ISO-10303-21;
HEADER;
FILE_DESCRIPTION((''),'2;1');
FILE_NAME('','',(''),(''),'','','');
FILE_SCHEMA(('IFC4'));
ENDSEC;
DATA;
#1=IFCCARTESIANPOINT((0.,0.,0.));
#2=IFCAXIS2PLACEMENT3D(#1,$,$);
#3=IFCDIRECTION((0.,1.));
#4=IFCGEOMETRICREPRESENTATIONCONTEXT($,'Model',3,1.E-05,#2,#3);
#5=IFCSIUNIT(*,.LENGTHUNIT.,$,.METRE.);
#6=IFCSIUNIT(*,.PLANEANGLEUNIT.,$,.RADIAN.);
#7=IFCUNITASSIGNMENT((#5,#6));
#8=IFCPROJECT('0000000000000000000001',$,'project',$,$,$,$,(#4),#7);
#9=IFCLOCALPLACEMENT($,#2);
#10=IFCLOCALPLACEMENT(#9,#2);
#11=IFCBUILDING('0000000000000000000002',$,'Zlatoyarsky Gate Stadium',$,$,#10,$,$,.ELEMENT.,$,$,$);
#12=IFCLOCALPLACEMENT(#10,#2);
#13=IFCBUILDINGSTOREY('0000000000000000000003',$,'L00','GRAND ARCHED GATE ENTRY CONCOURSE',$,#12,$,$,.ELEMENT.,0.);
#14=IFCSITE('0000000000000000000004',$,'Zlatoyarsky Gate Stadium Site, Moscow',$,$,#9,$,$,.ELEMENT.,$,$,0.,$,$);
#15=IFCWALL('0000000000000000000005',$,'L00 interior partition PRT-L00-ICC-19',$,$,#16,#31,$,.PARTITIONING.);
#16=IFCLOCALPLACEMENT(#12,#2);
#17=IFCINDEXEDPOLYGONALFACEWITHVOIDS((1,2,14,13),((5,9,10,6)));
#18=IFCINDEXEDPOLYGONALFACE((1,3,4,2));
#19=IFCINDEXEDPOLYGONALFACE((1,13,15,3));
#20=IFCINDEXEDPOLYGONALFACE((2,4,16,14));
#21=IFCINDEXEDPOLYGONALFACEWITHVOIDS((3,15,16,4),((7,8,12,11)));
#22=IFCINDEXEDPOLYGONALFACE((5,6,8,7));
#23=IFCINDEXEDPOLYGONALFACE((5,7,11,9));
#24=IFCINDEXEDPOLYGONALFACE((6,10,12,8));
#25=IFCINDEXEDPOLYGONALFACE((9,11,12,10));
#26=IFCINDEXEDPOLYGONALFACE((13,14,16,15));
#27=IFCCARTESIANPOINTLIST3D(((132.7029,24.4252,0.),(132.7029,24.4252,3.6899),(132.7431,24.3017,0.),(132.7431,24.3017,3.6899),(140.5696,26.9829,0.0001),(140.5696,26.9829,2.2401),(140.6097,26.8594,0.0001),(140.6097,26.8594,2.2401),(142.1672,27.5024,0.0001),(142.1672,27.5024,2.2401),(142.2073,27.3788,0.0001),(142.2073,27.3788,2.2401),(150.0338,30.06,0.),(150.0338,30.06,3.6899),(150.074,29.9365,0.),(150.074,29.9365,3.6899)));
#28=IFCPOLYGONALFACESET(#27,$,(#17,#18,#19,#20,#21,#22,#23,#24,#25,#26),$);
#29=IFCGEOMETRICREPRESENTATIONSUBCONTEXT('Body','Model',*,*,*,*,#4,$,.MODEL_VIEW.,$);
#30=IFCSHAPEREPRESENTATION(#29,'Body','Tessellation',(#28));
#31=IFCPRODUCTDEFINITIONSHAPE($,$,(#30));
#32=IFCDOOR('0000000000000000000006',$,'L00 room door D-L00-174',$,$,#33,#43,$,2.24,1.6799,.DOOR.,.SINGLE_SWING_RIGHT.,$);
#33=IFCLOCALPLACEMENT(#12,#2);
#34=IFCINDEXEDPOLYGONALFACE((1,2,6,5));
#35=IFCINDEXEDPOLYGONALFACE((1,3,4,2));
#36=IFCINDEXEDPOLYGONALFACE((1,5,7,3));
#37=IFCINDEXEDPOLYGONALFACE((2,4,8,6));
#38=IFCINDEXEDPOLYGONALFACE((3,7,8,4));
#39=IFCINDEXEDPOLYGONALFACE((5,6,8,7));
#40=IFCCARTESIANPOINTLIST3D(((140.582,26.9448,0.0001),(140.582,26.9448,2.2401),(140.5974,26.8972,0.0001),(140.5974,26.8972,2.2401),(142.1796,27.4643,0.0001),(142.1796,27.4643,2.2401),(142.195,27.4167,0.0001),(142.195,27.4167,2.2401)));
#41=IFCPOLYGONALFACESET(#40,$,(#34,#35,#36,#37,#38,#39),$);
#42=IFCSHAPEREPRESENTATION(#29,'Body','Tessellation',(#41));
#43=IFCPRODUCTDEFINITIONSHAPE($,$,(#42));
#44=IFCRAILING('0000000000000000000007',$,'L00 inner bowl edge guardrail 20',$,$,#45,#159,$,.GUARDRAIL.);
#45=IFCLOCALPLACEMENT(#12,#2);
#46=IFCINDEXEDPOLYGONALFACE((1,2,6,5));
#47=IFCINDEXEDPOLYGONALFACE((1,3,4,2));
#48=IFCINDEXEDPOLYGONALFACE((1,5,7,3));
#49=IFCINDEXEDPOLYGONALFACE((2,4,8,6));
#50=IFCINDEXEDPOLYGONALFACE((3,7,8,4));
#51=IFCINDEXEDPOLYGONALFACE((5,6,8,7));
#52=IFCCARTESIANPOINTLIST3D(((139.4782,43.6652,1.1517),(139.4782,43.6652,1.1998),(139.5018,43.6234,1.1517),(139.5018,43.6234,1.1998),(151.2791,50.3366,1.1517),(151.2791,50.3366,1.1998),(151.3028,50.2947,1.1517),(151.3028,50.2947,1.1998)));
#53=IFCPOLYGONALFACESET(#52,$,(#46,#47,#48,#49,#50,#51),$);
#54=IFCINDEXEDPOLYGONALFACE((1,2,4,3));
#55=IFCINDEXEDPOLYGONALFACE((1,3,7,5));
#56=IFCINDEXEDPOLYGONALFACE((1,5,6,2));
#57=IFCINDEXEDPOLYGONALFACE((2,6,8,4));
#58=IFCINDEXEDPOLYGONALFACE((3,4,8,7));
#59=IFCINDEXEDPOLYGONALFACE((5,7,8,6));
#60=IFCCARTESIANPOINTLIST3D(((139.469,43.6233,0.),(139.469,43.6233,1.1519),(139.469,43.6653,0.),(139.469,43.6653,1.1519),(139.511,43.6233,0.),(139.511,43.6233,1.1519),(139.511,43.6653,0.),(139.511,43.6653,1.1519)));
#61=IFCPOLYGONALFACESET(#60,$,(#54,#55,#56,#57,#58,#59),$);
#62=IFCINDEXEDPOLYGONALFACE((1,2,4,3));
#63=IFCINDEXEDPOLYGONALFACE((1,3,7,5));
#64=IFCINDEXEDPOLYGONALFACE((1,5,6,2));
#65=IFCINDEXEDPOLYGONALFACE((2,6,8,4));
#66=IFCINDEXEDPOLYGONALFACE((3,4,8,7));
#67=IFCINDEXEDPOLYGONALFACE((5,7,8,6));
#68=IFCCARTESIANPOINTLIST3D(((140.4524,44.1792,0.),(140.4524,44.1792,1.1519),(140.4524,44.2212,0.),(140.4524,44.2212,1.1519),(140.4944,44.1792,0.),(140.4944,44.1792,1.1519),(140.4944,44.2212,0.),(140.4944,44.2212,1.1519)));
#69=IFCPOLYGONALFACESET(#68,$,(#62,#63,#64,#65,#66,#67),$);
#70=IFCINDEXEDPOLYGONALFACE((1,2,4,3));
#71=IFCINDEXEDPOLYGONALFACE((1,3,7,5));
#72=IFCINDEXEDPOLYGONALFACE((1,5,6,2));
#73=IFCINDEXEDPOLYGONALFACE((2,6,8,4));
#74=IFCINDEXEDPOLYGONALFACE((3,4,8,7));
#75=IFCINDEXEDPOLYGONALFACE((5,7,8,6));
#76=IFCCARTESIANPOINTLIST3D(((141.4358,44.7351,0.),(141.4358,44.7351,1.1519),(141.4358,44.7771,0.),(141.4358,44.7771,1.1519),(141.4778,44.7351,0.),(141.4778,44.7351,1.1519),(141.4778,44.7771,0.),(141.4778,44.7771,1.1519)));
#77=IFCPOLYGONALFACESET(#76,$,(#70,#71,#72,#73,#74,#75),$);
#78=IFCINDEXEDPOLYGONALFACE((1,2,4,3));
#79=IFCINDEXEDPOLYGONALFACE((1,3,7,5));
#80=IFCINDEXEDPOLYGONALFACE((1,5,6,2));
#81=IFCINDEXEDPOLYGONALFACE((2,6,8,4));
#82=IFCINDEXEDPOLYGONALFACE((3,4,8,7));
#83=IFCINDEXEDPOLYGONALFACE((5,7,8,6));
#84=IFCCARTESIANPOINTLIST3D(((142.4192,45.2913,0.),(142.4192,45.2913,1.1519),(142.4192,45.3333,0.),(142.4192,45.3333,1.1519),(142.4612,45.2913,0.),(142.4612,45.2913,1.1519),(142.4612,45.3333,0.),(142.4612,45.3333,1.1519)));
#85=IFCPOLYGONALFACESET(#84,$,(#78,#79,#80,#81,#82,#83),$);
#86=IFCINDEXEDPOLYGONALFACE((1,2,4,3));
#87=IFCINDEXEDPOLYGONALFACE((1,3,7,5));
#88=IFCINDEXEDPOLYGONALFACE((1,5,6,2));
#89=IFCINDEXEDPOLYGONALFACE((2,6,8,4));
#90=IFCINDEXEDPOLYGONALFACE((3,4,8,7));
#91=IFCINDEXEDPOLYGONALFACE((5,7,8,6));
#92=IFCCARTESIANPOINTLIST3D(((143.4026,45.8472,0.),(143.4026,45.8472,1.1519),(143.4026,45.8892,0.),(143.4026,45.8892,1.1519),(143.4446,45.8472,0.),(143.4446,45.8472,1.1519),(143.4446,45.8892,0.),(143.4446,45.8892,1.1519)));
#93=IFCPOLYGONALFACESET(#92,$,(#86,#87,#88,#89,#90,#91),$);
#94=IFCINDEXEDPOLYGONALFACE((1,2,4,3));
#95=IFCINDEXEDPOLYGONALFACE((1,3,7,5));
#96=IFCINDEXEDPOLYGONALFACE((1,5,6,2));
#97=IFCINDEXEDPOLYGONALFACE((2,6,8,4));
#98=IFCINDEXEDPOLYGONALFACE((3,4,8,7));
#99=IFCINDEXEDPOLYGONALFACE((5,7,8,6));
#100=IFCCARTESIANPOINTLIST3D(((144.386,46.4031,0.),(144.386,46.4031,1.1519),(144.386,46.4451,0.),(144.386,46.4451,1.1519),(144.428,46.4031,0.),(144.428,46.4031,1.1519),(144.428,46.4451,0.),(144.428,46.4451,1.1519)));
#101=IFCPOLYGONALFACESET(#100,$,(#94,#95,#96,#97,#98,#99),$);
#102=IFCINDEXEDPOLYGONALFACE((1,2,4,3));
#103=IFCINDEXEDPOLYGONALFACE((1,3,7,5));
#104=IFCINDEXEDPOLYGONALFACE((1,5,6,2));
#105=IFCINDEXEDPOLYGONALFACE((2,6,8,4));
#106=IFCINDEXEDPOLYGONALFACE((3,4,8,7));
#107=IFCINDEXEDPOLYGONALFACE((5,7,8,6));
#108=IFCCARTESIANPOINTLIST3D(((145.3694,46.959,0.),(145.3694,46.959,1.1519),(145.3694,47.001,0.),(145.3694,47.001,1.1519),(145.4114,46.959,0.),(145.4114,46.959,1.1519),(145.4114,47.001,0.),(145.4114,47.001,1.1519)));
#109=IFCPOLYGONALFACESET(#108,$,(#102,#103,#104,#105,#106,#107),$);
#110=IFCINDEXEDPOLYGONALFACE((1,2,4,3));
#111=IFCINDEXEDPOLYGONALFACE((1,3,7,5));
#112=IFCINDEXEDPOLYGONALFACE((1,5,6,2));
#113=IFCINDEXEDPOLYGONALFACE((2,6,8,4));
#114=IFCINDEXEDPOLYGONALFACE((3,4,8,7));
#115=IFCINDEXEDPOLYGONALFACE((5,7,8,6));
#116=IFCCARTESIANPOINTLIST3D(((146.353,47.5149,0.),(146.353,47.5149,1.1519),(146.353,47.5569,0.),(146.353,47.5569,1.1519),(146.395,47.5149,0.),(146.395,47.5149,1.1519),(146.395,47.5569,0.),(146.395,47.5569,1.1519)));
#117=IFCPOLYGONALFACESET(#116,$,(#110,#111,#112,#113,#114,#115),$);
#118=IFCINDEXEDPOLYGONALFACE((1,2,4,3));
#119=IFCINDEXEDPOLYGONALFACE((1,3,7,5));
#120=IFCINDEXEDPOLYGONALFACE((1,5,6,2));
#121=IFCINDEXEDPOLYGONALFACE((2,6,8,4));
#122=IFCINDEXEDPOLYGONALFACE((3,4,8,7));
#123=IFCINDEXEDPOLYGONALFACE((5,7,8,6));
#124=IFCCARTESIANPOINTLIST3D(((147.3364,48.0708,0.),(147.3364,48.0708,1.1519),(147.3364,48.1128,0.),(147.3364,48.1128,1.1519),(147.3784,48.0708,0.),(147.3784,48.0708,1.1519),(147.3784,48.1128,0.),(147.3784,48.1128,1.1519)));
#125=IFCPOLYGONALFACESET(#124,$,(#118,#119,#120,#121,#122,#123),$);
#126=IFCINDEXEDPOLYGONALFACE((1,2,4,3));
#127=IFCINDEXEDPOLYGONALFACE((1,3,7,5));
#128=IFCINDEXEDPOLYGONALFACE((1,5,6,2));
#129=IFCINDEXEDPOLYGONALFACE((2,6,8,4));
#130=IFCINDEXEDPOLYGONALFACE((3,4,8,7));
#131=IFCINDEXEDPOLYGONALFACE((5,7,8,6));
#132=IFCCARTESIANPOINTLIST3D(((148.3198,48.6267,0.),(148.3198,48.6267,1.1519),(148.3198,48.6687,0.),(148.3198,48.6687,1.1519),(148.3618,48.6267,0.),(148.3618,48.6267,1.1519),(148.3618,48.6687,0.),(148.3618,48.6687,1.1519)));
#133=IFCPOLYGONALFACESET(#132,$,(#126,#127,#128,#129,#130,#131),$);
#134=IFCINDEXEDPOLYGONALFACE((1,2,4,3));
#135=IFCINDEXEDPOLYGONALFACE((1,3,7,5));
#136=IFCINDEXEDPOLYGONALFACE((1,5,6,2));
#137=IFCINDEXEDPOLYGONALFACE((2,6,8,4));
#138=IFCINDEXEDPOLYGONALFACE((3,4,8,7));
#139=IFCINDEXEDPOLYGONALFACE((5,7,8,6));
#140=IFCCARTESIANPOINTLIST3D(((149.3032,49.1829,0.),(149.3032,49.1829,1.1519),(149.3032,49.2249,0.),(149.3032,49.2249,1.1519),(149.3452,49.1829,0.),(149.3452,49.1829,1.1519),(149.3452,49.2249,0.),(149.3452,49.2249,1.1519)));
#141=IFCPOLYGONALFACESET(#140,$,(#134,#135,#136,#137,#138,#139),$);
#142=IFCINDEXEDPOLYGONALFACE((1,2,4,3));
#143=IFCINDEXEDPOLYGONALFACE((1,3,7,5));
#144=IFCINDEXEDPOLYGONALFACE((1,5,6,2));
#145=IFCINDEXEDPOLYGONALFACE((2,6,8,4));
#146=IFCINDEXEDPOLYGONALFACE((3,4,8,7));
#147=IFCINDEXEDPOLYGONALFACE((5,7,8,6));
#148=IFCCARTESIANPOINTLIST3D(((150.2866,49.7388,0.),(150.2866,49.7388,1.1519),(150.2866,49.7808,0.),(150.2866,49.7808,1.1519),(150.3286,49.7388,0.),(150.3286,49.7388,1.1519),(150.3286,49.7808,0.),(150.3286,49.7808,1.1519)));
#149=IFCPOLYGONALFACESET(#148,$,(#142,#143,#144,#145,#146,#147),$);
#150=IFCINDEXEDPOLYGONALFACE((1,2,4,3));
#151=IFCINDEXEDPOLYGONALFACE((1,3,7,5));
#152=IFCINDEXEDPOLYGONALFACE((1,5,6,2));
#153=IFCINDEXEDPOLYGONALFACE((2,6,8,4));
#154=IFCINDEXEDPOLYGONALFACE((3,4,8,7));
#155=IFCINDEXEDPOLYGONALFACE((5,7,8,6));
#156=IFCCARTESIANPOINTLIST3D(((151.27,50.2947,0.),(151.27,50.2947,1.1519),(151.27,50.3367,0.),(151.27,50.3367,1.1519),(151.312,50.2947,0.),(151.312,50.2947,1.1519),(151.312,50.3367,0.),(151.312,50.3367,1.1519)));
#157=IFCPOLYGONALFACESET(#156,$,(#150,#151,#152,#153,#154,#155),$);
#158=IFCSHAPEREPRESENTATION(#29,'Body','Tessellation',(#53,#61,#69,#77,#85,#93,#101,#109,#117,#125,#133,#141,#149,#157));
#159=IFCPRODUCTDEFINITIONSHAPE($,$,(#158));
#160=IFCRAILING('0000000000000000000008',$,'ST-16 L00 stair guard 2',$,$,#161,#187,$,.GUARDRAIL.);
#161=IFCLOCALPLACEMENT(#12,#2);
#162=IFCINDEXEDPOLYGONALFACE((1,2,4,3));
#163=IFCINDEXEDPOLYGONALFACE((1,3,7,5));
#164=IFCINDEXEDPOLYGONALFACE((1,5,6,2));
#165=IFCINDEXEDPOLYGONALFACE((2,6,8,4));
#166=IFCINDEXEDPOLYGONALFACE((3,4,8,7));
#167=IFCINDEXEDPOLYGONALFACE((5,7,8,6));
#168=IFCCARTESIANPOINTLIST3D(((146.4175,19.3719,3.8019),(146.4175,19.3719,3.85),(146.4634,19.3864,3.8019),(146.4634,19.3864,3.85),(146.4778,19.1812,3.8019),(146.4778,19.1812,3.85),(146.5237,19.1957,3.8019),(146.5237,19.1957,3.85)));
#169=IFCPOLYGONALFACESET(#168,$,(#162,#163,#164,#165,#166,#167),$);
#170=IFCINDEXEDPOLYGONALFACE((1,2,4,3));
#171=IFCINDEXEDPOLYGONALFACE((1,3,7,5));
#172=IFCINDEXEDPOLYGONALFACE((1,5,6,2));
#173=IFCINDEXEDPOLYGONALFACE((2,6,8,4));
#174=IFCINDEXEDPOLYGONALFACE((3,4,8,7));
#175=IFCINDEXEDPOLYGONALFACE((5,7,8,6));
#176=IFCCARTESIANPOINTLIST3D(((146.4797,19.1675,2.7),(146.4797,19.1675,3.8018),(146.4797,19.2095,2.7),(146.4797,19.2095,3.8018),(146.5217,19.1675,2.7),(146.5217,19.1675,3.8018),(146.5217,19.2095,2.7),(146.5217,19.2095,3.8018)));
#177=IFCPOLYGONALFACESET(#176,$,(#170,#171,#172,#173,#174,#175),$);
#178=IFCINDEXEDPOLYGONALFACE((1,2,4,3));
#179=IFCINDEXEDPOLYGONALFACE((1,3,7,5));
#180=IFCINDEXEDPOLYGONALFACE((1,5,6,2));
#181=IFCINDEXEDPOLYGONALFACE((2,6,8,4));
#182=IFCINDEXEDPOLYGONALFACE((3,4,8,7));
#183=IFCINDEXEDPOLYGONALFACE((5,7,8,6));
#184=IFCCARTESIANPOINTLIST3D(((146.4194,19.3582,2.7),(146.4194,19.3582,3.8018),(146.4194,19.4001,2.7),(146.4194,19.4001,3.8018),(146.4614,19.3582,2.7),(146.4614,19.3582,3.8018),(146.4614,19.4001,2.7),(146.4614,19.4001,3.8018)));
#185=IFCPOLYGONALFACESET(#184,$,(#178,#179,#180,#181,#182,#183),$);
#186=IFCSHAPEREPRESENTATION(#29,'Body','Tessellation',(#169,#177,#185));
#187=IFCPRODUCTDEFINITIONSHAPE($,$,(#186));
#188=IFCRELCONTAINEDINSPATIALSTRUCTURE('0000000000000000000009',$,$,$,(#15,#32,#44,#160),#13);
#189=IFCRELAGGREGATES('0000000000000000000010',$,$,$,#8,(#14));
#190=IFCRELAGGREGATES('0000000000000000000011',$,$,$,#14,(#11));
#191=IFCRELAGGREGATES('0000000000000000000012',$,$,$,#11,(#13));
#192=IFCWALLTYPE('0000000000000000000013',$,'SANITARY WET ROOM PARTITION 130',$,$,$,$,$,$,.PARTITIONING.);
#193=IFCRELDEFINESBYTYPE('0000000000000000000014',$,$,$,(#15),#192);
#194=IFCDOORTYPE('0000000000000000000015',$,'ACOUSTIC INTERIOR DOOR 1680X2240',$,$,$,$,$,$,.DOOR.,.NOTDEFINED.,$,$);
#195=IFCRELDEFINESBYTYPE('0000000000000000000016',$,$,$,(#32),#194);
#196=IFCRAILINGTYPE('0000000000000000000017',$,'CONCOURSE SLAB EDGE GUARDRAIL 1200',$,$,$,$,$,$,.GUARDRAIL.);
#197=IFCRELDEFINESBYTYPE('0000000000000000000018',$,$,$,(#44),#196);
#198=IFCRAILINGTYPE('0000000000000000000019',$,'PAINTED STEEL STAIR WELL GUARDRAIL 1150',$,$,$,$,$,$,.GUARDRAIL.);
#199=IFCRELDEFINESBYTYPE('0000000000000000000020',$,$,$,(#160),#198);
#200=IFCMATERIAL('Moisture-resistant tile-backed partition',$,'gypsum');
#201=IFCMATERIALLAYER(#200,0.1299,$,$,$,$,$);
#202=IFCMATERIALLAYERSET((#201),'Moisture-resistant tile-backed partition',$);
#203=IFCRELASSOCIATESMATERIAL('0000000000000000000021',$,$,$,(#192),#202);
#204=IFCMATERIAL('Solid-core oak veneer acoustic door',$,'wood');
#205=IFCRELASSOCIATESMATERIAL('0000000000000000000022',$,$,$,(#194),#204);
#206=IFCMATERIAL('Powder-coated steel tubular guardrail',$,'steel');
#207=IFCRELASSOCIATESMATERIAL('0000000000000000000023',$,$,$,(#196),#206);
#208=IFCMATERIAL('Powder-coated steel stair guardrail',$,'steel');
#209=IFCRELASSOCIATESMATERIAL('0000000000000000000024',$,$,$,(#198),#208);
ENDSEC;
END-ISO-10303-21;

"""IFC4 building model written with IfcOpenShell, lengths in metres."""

from ifc_helpers import new_model, si_unit, direction, frame, frame_2d, origin, origin_2d, place, context, subcontext, project, spatial, rectangle, extrude, material, layer, layer_set, type_object, element, fill, save


model = new_model("IFC4")

# Units and contexts
model_context = context("Model", 3, precision=1e-05, world=origin(), true_north=direction((0.0, 1.0)))
body_context = subcontext(model_context, "Body", "Model", "MODEL_VIEW")
ifc_project = project(units=[si_unit("LENGTHUNIT", "METRE"), si_unit("PLANEANGLEUNIT", "RADIAN")], contexts=[model_context])

# Site, building, storey
site_placement = place(None, origin())
site = spatial("IfcSite", under=ifc_project, at=site_placement, Name="Zlatoyarsky Gate Stadium Site, Moscow", CompositionType="ELEMENT", RefElevation=0.0)
building_placement = place(site_placement, origin())
building = spatial("IfcBuilding", under=site, at=building_placement, Name="Zlatoyarsky Gate Stadium", CompositionType="ELEMENT")
storey_placement = place(building_placement, origin())
storey = spatial("IfcBuildingStorey", under=building, at=storey_placement, Name="L00", Description="GRAND ARCHED GATE ENTRY CONCOURSE", CompositionType="ELEMENT", Elevation=0.0)

# Wall, opening, door
ifc_material_1 = material(Name="Moisture-resistant tile-backed partition", Category="gypsum")
ifc_layer_1 = layer(ifc_material_1, 0.1299)
ifc_layer_set_1 = layer_set([ifc_layer_1], Name="Moisture-resistant tile-backed partition")
wall_type_1 = type_object("IfcWallType", Name="SANITARY WET ROOM PARTITION 130", PredefinedType="PARTITIONING", material=ifc_layer_set_1)
wall_1_placement = place(storey_placement, frame((132.7231, 24.3635, 0.0), z_axis=(0.0, 0.0, 1.0), x_axis=(0.950998, 0.309198, 0.0)))
wall_1 = element("IfcWall", 1, at=wall_1_placement, inside=storey, type_object=wall_type_1, Name="L00 interior partition PRT-L00-ICC-19", PredefinedType="PARTITIONING", context=body_context, shape_type="SweptSolid", body=[
    extrude(rectangle(XDim=18.2239, YDim=0.1299, at=frame_2d((9.1118, 0.0))), origin(), (0.0, 0.0, 1.0), 3.6899),
])
opening_1_placement = place(wall_1_placement, frame((8.272, 0.0, 0.0)))
opening_1 = element("IfcOpeningElement", 2, at=opening_1_placement, cuts=wall_1, PredefinedType="OPENING", context=body_context, shape_type="SweptSolid", body=[
    extrude(rectangle(XDim=1.6799, YDim=2.24, at=frame_2d((0.8398, 1.1201))), frame((0.0, 0.075, 0.0), z_axis=(0.0, -1.0, 0.0), x_axis=(1.0, 0.0, 0.0)), (0.0, 0.0, 1.0), 0.1499),
])
ifc_material_2 = material(Name="Solid-core oak veneer acoustic door", Category="wood")
door_type_1 = type_object("IfcDoorType", Name="ACOUSTIC INTERIOR DOOR 1680X2240", OperationType="NOTDEFINED", PredefinedType="DOOR", material=ifc_material_2)
door_1_placement = place(opening_1_placement, origin())
door_1 = element("IfcDoor", 3, at=door_1_placement, inside=storey, type_object=door_type_1, Name="L00 room door D-L00-174", OperationType="SINGLE_SWING_RIGHT", OverallHeight=2.24, OverallWidth=1.6799, PredefinedType="DOOR", context=body_context, shape_type="SweptSolid", body=[
    extrude(rectangle(XDim=1.6799, YDim=2.24, at=frame_2d((0.8398, 1.1201))), frame((0.0, 0.0249, 0.0), z_axis=(0.0, -1.0, 0.0), x_axis=(1.0, 0.0, 0.0)), (0.0, 0.0, 1.0), 0.05),
])
fill(opening_1, door_1)

# Railings
ifc_material_3 = material(Name="Powder-coated steel tubular guardrail", Category="steel")
railing_type_1 = type_object("IfcRailingType", Name="CONCOURSE SLAB EDGE GUARDRAIL 1200", PredefinedType="GUARDRAIL", material=ifc_material_3)
railing_1_placement = place(storey_placement, frame((139.49, 43.6443, 0.0)))
element("IfcRailing", 4, at=railing_1_placement, inside=storey, type_object=railing_type_1, Name="L00 inner bowl edge guardrail 20", PredefinedType="GUARDRAIL", context=body_context, shape_type="SweptSolid", body=[
    extrude(rectangle(XDim=0.0481, YDim=0.0481, at=origin_2d()), frame((0.0, 0.0, 1.1758), z_axis=(0.870524, 0.492127, 0.0), x_axis=(-0.492127, 0.870524, 0.0)), (0.0, 0.0, 1.0), 13.5562),
    extrude(rectangle(XDim=0.042, YDim=0.042, at=origin_2d()), origin(), (0.0, 0.0, 1.0), 1.1519),
    extrude(rectangle(XDim=0.042, YDim=0.042, at=origin_2d()), frame((0.9834, 0.5559, 0.0)), (0.0, 0.0, 1.0), 1.1519),
    extrude(rectangle(XDim=0.042, YDim=0.042, at=origin_2d()), frame((1.9668, 1.1118, 0.0)), (0.0, 0.0, 1.0), 1.1519),
    extrude(rectangle(XDim=0.042, YDim=0.042, at=origin_2d()), frame((2.9502, 1.668, 0.0)), (0.0, 0.0, 1.0), 1.1519),
    extrude(rectangle(XDim=0.042, YDim=0.042, at=origin_2d()), frame((3.9336, 2.2239, 0.0)), (0.0, 0.0, 1.0), 1.1519),
    extrude(rectangle(XDim=0.042, YDim=0.042, at=origin_2d()), frame((4.917, 2.7798, 0.0)), (0.0, 0.0, 1.0), 1.1519),
    extrude(rectangle(XDim=0.042, YDim=0.042, at=origin_2d()), frame((5.9004, 3.3357, 0.0)), (0.0, 0.0, 1.0), 1.1519),
    extrude(rectangle(XDim=0.042, YDim=0.042, at=origin_2d()), frame((6.884, 3.8916, 0.0)), (0.0, 0.0, 1.0), 1.1519),
    extrude(rectangle(XDim=0.042, YDim=0.042, at=origin_2d()), frame((7.8674, 4.4475, 0.0)), (0.0, 0.0, 1.0), 1.1519),
    extrude(rectangle(XDim=0.042, YDim=0.042, at=origin_2d()), frame((8.8508, 5.0034, 0.0)), (0.0, 0.0, 1.0), 1.1519),
    extrude(rectangle(XDim=0.042, YDim=0.042, at=origin_2d()), frame((9.8342, 5.5596, 0.0)), (0.0, 0.0, 1.0), 1.1519),
    extrude(rectangle(XDim=0.042, YDim=0.042, at=origin_2d()), frame((10.8176, 6.1155, 0.0)), (0.0, 0.0, 1.0), 1.1519),
    extrude(rectangle(XDim=0.042, YDim=0.042, at=origin_2d()), frame((11.801, 6.6714, 0.0)), (0.0, 0.0, 1.0), 1.1519),
])
ifc_material_4 = material(Name="Powder-coated steel stair guardrail", Category="steel")
railing_type_2 = type_object("IfcRailingType", Name="PAINTED STEEL STAIR WELL GUARDRAIL 1150", PredefinedType="GUARDRAIL", material=ifc_material_4)
railing_2_placement = place(storey_placement, frame((146.5007, 19.1885, 2.7)))
element("IfcRailing", 5, at=railing_2_placement, inside=storey, type_object=railing_type_2, Name="ST-16 L00 stair guard 2", PredefinedType="GUARDRAIL", context=body_context, shape_type="SweptSolid", body=[
    extrude(rectangle(XDim=0.0481, YDim=0.0481, at=origin_2d()), frame((0.0, 0.0, 1.126), z_axis=(-0.30154, 0.953453, 0.0), x_axis=(-0.953453, -0.30154, 0.0)), (0.0, 0.0, 1.0), 0.2),
    extrude(rectangle(XDim=0.042, YDim=0.042, at=origin_2d()), origin(), (0.0, 0.0, 1.0), 1.1018),
    extrude(rectangle(XDim=0.042, YDim=0.042, at=origin_2d()), frame((-0.0603, 0.1907, 0.0)), (0.0, 0.0, 1.0), 1.1018),
])

save(model, "model.ifc")
